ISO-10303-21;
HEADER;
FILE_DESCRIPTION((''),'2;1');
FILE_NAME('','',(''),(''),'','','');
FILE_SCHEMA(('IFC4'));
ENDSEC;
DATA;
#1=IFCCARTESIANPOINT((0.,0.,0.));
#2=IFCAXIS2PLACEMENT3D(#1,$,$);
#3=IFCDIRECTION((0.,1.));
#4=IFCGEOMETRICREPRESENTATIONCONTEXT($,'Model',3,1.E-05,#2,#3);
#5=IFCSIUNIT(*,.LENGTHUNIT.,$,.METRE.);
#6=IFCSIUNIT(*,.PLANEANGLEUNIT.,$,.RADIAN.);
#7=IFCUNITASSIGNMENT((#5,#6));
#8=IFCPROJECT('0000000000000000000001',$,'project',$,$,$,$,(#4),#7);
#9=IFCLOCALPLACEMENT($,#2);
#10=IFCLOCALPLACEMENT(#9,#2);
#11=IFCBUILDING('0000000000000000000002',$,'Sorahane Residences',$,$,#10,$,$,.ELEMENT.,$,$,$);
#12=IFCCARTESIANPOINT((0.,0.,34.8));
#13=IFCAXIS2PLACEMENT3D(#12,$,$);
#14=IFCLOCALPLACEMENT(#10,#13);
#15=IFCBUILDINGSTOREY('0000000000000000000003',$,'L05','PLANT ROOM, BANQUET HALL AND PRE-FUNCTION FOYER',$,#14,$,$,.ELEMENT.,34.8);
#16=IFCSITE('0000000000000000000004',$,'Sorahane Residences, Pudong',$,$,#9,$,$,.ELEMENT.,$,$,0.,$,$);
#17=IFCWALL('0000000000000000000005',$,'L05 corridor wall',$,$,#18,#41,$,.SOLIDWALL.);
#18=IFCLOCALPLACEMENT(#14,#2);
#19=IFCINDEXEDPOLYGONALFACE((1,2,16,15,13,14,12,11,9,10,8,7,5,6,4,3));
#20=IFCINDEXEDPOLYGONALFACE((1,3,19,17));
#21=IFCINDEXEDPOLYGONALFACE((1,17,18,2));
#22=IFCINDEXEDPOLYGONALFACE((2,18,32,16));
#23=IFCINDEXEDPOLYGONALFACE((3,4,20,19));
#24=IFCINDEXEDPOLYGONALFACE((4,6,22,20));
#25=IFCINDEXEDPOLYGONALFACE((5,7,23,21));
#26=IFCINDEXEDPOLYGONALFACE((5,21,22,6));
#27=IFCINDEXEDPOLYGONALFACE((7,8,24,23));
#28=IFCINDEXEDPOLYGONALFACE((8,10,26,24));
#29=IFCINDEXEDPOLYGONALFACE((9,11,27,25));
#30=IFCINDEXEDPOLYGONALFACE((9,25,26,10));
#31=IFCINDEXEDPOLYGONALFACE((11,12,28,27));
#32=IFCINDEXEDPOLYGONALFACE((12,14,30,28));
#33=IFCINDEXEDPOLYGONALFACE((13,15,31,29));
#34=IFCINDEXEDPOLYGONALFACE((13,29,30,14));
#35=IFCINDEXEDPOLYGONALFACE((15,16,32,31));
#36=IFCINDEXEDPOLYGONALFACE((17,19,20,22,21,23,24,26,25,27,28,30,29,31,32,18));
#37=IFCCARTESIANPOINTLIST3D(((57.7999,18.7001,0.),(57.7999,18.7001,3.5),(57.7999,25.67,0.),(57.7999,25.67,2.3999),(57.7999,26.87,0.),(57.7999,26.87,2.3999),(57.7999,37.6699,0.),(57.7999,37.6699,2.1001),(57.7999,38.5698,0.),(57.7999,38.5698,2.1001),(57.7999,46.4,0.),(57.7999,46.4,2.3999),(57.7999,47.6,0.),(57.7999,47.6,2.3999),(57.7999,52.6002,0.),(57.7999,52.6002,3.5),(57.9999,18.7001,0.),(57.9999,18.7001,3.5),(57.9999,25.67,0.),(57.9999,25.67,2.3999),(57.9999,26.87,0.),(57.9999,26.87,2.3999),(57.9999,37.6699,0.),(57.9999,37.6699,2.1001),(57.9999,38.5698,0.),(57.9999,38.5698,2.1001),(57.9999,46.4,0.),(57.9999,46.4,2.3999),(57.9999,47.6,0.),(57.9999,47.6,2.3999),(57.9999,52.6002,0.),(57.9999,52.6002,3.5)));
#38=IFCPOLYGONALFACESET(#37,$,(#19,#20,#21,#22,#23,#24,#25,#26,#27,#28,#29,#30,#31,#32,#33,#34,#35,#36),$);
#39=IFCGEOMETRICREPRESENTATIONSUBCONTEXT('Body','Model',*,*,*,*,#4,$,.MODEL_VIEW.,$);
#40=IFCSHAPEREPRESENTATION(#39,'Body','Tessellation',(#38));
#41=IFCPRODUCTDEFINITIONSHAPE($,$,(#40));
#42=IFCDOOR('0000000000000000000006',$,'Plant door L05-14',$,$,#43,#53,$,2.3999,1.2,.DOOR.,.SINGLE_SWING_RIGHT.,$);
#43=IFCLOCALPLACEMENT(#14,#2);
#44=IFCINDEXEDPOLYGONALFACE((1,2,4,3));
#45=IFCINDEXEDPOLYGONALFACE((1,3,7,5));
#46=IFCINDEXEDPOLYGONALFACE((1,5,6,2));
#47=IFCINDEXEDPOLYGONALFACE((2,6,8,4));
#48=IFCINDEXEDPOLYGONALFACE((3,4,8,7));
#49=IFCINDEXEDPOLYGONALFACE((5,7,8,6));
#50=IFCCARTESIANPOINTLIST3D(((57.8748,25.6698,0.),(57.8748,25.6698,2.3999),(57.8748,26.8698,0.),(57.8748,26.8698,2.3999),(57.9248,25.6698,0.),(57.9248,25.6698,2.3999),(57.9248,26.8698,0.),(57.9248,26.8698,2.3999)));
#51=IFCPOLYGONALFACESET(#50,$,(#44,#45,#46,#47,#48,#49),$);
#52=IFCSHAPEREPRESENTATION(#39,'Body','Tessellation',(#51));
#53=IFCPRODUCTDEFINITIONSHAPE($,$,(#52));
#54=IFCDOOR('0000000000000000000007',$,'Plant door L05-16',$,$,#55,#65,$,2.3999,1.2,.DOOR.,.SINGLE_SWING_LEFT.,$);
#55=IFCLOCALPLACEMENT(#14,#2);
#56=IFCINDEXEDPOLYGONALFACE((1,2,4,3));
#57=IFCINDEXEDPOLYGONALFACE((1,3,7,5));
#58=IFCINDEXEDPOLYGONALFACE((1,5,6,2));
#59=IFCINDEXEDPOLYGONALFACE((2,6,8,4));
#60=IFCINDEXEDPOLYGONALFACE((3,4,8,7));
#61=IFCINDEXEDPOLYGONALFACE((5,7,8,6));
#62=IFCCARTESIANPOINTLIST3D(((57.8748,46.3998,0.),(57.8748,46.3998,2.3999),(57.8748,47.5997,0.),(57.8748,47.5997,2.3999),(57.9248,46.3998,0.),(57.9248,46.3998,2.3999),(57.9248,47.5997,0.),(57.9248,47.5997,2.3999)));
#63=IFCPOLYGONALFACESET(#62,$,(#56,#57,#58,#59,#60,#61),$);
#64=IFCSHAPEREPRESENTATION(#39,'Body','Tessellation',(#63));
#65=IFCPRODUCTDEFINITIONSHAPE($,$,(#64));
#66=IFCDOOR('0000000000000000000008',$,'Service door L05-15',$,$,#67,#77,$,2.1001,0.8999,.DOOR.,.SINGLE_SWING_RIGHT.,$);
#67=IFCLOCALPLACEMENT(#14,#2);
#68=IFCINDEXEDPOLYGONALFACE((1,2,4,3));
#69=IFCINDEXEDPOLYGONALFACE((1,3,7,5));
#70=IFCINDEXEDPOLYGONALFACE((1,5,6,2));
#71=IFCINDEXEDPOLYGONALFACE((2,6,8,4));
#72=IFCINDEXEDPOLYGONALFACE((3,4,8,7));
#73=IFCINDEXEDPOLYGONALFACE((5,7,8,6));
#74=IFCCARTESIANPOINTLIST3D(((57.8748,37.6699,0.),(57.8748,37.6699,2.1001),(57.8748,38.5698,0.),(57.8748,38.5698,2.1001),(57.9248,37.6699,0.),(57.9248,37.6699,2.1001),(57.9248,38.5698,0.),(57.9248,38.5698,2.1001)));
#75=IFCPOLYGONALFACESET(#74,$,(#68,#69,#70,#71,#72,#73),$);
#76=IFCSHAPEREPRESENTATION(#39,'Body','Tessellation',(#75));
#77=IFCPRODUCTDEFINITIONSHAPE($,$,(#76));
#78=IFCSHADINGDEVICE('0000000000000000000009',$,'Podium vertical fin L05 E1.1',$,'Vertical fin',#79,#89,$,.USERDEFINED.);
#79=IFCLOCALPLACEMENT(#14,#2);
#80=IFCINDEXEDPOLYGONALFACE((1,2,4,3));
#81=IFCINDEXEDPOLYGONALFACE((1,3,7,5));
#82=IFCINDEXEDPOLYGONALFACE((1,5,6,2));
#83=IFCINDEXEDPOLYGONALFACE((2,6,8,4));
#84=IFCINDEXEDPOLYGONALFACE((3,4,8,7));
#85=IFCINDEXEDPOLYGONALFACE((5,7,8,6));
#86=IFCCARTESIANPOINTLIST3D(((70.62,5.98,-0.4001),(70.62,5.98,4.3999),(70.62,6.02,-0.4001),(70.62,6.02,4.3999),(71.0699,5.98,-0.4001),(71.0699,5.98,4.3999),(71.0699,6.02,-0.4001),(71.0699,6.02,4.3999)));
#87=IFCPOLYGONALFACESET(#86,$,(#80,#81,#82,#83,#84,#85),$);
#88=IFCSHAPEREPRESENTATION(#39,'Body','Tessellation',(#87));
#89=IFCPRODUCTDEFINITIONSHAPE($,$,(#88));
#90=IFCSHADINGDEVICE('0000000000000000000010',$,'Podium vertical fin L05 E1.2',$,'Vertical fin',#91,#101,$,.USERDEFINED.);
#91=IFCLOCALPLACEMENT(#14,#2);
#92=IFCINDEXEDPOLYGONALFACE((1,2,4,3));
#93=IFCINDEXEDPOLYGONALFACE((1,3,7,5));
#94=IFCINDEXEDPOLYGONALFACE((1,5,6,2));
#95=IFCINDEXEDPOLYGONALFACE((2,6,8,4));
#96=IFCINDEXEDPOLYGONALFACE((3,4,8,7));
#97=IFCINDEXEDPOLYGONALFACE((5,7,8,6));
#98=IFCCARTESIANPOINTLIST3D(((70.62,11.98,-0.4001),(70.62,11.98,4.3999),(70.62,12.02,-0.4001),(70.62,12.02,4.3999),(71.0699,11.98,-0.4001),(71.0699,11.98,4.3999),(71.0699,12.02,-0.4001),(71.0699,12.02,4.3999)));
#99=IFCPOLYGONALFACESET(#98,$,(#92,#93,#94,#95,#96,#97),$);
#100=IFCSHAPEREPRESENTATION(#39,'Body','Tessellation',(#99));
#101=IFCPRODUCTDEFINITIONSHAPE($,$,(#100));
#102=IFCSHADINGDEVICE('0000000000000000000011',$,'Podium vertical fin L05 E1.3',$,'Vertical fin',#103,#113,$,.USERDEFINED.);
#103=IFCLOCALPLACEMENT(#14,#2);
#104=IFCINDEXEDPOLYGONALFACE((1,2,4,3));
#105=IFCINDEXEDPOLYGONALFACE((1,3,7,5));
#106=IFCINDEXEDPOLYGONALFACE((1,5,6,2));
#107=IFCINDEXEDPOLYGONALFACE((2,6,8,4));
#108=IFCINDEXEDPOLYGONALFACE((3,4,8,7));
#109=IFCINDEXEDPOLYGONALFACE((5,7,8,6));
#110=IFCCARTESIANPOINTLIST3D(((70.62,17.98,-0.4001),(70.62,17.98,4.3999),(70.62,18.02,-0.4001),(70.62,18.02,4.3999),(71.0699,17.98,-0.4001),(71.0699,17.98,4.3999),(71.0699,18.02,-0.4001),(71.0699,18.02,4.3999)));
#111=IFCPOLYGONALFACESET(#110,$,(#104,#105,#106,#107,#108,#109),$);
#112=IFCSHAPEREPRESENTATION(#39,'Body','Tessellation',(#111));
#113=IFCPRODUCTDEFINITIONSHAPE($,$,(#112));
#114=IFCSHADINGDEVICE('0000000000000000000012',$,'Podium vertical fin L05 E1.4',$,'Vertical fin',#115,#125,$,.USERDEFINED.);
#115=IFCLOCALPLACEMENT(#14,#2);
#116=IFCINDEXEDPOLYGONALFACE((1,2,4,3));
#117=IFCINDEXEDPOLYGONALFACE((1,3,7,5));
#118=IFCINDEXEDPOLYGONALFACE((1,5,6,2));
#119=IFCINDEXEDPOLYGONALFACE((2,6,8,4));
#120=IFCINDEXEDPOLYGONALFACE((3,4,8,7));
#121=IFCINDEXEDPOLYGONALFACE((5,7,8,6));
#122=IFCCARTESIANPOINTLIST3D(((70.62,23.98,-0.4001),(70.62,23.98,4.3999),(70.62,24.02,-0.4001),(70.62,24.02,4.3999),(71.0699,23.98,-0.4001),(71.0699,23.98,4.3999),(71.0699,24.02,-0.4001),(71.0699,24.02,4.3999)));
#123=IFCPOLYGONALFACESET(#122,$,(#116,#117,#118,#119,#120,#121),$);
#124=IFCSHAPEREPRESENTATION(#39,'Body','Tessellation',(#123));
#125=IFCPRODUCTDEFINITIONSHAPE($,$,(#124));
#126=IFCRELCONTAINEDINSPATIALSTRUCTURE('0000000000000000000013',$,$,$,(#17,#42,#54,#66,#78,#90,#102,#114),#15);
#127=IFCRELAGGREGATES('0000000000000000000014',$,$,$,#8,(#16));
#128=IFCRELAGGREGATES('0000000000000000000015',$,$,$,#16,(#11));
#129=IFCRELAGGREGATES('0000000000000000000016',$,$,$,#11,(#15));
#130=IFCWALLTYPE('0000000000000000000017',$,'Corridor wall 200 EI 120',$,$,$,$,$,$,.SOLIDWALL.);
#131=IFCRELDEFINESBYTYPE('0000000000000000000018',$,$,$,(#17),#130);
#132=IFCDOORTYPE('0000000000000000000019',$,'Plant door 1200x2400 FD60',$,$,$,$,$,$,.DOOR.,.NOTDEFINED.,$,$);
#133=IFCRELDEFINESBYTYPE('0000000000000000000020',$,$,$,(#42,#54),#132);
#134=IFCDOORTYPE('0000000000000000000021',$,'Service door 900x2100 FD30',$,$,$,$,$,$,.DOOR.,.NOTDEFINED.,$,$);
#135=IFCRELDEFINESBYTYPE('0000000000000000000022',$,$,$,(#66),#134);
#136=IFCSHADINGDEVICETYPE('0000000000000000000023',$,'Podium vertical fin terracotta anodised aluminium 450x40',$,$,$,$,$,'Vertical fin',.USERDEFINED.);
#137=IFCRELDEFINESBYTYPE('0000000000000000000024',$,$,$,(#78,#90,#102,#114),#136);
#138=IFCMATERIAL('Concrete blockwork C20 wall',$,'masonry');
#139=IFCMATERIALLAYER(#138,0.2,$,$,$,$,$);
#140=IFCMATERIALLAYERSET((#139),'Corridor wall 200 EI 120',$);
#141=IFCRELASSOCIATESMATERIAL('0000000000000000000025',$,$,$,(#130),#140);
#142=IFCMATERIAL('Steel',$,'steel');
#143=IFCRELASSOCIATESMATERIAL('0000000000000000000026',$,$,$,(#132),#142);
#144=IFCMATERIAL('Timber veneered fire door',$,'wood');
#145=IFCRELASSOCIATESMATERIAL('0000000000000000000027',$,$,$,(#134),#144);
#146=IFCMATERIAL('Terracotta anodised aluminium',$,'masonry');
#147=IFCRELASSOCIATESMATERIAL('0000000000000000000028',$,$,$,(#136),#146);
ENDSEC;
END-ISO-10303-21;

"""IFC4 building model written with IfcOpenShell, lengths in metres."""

from ifc_helpers import new_model, si_unit, direction, frame, frame_2d, origin, origin_2d, place, context, subcontext, project, spatial, rectangle, extrude, material, layer, layer_set, material_profile, profile_set, type_object, element, fill, save


model = new_model("IFC4")

# Units and contexts
model_context = context("Model", 3, precision=1e-05, world=origin(), true_north=direction((0.0, 1.0)))
body_context = subcontext(model_context, "Body", "Model", "MODEL_VIEW")
ifc_project = project(units=[si_unit("LENGTHUNIT", "METRE"), si_unit("PLANEANGLEUNIT", "RADIAN")], contexts=[model_context])

# Site, building, storey
site_placement = place(None, origin())
site = spatial("IfcSite", under=ifc_project, at=site_placement, Name="Sorahane Residences, Pudong", CompositionType="ELEMENT", RefElevation=0.0)
building_placement = place(site_placement, origin())
building = spatial("IfcBuilding", under=site, at=building_placement, Name="Sorahane Residences", CompositionType="ELEMENT")
storey_placement = place(building_placement, frame((0.0, 0.0, 34.8)))
storey = spatial("IfcBuildingStorey", under=building, at=storey_placement, Name="L05", Description="PLANT ROOM, BANQUET HALL AND PRE-FUNCTION FOYER", CompositionType="ELEMENT", Elevation=34.8)

# Shared definitions
ifc_material_1 = material(Name="Concrete blockwork C20 wall", Category="masonry")
ifc_layer_1 = layer(ifc_material_1, 0.2)
ifc_layer_set_1 = layer_set([ifc_layer_1], Name="Corridor wall 200 EI 120")
wall_type = type_object("IfcWallType", Name="Corridor wall 200 EI 120", PredefinedType="SOLIDWALL", material=ifc_layer_set_1)

# Wall, openings, doors
wall_1_placement = place(storey_placement, frame((57.8999, 18.7, 0.0), z_axis=(0.0, 0.0, 1.0), x_axis=(0.0, 1.0, 0.0)))
wall_1 = element("IfcWall", 1, at=wall_1_placement, inside=storey, type_object=wall_type, Name="L05 corridor wall", PredefinedType="SOLIDWALL", context=body_context, shape_type="SweptSolid", body=[
    extrude(rectangle(XDim=33.9001, YDim=0.2, at=frame_2d((16.9502, 0.0))), origin(), (0.0, 0.0, 1.0), 3.5),
])
opening_1_placement = place(wall_1_placement, frame((6.97, 0.0, 0.0)))
opening_1 = element("IfcOpeningElement", 2, at=opening_1_placement, cuts=wall_1, PredefinedType="OPENING", context=body_context, shape_type="SweptSolid", body=[
    extrude(rectangle(XDim=1.2, YDim=2.3999, at=frame_2d((0.6001, 1.2))), frame((0.0, 0.1099, 0.0), z_axis=(0.0, -1.0, 0.0), x_axis=(1.0, 0.0, 0.0)), (0.0, 0.0, 1.0), 0.22),
])
opening_2_placement = place(wall_1_placement, frame((18.97, 0.0, 0.0)))
opening_2 = element("IfcOpeningElement", 3, at=opening_2_placement, cuts=wall_1, PredefinedType="OPENING", context=body_context, shape_type="SweptSolid", body=[
    extrude(rectangle(XDim=0.8999, YDim=2.1001, at=frame_2d((0.45, 1.05))), frame((0.0, 0.1099, 0.0), z_axis=(0.0, -1.0, 0.0), x_axis=(1.0, 0.0, 0.0)), (0.0, 0.0, 1.0), 0.22),
])
opening_3_placement = place(wall_1_placement, frame((27.7, 0.0, 0.0)))
opening_3 = element("IfcOpeningElement", 4, at=opening_3_placement, cuts=wall_1, PredefinedType="OPENING", context=body_context, shape_type="SweptSolid", body=[
    extrude(rectangle(XDim=1.2, YDim=2.3999, at=frame_2d((0.6001, 1.2))), frame((0.0, 0.1099, 0.0), z_axis=(0.0, -1.0, 0.0), x_axis=(1.0, 0.0, 0.0)), (0.0, 0.0, 1.0), 0.22),
])
ifc_material_2 = material(Name="Steel", Category="steel")
door_type_1 = type_object("IfcDoorType", Name="Plant door 1200x2400 FD60", OperationType="NOTDEFINED", PredefinedType="DOOR", material=ifc_material_2)
door_1_placement = place(opening_1_placement, frame((1.2, 0.0, 0.0), z_axis=(0.0, 0.0, 1.0), x_axis=(-1.0, 0.0, 0.0)))
door_1 = element("IfcDoor", 5, at=door_1_placement, inside=storey, type_object=door_type_1, Name="Plant door L05-14", OperationType="SINGLE_SWING_RIGHT", OverallHeight=2.3999, OverallWidth=1.2, PredefinedType="DOOR", context=body_context, shape_type="SweptSolid", body=[
    extrude(rectangle(XDim=1.2, YDim=2.3999, at=frame_2d((0.6001, 1.2))), frame((0.0, 0.0249, 0.0), z_axis=(0.0, -1.0, 0.0), x_axis=(1.0, 0.0, 0.0)), (0.0, 0.0, 1.0), 0.05),
])
fill(opening_1, door_1)
door_2_placement = place(opening_3_placement, frame((1.2, 0.0, 0.0), z_axis=(0.0, 0.0, 1.0), x_axis=(-1.0, 0.0, 0.0)))
door_2 = element("IfcDoor", 6, at=door_2_placement, inside=storey, type_object=door_type_1, Name="Plant door L05-16", OperationType="SINGLE_SWING_LEFT", OverallHeight=2.3999, OverallWidth=1.2, PredefinedType="DOOR", context=body_context, shape_type="SweptSolid", body=[
    extrude(rectangle(XDim=1.2, YDim=2.3999, at=frame_2d((0.6001, 1.2))), frame((0.0, 0.0249, 0.0), z_axis=(0.0, -1.0, 0.0), x_axis=(1.0, 0.0, 0.0)), (0.0, 0.0, 1.0), 0.05),
])
fill(opening_3, door_2)
ifc_material_3 = material(Name="Timber veneered fire door", Category="wood")
door_type_2 = type_object("IfcDoorType", Name="Service door 900x2100 FD30", OperationType="NOTDEFINED", PredefinedType="DOOR", material=ifc_material_3)
door_3_placement = place(opening_2_placement, frame((0.8999, 0.0, 0.0), z_axis=(0.0, 0.0, 1.0), x_axis=(-1.0, 0.0, 0.0)))
door_3 = element("IfcDoor", 7, at=door_3_placement, inside=storey, type_object=door_type_2, Name="Service door L05-15", OperationType="SINGLE_SWING_RIGHT", OverallHeight=2.1001, OverallWidth=0.8999, PredefinedType="DOOR", context=body_context, shape_type="SweptSolid", body=[
    extrude(rectangle(XDim=0.8999, YDim=2.1001, at=frame_2d((0.45, 1.05))), frame((0.0, 0.0249, 0.0), z_axis=(0.0, -1.0, 0.0), x_axis=(1.0, 0.0, 0.0)), (0.0, 0.0, 1.0), 0.05),
])
fill(opening_2, door_3)

# Shading devices
ifc_material_4 = material(Name="Terracotta anodised aluminium", Category="masonry")
ifc_material_profile_1 = material_profile(ifc_material_4, rectangle(XDim=0.45, YDim=0.04, at=origin_2d()), Name="Podium vertical fin terracotta anodised aluminium 450x40")
ifc_profile_set_1 = profile_set([ifc_material_profile_1], Name="Terracotta anodised aluminium")
shading_device_type = type_object("IfcShadingDeviceType", Name="Podium vertical fin terracotta anodised aluminium 450x40", ElementType="Vertical fin", PredefinedType="USERDEFINED", material=ifc_profile_set_1)
for number, where, z_axis, x_axis, name in (
    (8, (70.845, 6.0, -0.4001), (0.0, 0.0, 1.0), (1.0, 0.0, 0.0), "Podium vertical fin L05 E1.1"),
    (9, (70.845, 12.0, -0.4001), (0.0, 0.0, 1.0), (1.0, 0.0, 0.0), "Podium vertical fin L05 E1.2"),
    (10, (70.845, 18.0, -0.4001), (0.0, 0.0, 1.0), (1.0, 0.0, 0.0), "Podium vertical fin L05 E1.3"),
    (11, (70.845, 24.0, -0.4001), (0.0, 0.0, 1.0), (1.0, 0.0, 0.0), "Podium vertical fin L05 E1.4"),
):
    element("IfcShadingDevice", number, at=place(storey_placement, frame(where, z_axis=z_axis, x_axis=x_axis)), inside=storey, type_object=shading_device_type, Name=name, ObjectType="Vertical fin", PredefinedType="USERDEFINED", context=body_context, shape_type="SweptSolid", body=[
        extrude(rectangle(XDim=0.45, YDim=0.04, at=origin_2d()), origin(), (0.0, 0.0, 1.0), 4.8),
    ])

save(model, "model.ifc")
